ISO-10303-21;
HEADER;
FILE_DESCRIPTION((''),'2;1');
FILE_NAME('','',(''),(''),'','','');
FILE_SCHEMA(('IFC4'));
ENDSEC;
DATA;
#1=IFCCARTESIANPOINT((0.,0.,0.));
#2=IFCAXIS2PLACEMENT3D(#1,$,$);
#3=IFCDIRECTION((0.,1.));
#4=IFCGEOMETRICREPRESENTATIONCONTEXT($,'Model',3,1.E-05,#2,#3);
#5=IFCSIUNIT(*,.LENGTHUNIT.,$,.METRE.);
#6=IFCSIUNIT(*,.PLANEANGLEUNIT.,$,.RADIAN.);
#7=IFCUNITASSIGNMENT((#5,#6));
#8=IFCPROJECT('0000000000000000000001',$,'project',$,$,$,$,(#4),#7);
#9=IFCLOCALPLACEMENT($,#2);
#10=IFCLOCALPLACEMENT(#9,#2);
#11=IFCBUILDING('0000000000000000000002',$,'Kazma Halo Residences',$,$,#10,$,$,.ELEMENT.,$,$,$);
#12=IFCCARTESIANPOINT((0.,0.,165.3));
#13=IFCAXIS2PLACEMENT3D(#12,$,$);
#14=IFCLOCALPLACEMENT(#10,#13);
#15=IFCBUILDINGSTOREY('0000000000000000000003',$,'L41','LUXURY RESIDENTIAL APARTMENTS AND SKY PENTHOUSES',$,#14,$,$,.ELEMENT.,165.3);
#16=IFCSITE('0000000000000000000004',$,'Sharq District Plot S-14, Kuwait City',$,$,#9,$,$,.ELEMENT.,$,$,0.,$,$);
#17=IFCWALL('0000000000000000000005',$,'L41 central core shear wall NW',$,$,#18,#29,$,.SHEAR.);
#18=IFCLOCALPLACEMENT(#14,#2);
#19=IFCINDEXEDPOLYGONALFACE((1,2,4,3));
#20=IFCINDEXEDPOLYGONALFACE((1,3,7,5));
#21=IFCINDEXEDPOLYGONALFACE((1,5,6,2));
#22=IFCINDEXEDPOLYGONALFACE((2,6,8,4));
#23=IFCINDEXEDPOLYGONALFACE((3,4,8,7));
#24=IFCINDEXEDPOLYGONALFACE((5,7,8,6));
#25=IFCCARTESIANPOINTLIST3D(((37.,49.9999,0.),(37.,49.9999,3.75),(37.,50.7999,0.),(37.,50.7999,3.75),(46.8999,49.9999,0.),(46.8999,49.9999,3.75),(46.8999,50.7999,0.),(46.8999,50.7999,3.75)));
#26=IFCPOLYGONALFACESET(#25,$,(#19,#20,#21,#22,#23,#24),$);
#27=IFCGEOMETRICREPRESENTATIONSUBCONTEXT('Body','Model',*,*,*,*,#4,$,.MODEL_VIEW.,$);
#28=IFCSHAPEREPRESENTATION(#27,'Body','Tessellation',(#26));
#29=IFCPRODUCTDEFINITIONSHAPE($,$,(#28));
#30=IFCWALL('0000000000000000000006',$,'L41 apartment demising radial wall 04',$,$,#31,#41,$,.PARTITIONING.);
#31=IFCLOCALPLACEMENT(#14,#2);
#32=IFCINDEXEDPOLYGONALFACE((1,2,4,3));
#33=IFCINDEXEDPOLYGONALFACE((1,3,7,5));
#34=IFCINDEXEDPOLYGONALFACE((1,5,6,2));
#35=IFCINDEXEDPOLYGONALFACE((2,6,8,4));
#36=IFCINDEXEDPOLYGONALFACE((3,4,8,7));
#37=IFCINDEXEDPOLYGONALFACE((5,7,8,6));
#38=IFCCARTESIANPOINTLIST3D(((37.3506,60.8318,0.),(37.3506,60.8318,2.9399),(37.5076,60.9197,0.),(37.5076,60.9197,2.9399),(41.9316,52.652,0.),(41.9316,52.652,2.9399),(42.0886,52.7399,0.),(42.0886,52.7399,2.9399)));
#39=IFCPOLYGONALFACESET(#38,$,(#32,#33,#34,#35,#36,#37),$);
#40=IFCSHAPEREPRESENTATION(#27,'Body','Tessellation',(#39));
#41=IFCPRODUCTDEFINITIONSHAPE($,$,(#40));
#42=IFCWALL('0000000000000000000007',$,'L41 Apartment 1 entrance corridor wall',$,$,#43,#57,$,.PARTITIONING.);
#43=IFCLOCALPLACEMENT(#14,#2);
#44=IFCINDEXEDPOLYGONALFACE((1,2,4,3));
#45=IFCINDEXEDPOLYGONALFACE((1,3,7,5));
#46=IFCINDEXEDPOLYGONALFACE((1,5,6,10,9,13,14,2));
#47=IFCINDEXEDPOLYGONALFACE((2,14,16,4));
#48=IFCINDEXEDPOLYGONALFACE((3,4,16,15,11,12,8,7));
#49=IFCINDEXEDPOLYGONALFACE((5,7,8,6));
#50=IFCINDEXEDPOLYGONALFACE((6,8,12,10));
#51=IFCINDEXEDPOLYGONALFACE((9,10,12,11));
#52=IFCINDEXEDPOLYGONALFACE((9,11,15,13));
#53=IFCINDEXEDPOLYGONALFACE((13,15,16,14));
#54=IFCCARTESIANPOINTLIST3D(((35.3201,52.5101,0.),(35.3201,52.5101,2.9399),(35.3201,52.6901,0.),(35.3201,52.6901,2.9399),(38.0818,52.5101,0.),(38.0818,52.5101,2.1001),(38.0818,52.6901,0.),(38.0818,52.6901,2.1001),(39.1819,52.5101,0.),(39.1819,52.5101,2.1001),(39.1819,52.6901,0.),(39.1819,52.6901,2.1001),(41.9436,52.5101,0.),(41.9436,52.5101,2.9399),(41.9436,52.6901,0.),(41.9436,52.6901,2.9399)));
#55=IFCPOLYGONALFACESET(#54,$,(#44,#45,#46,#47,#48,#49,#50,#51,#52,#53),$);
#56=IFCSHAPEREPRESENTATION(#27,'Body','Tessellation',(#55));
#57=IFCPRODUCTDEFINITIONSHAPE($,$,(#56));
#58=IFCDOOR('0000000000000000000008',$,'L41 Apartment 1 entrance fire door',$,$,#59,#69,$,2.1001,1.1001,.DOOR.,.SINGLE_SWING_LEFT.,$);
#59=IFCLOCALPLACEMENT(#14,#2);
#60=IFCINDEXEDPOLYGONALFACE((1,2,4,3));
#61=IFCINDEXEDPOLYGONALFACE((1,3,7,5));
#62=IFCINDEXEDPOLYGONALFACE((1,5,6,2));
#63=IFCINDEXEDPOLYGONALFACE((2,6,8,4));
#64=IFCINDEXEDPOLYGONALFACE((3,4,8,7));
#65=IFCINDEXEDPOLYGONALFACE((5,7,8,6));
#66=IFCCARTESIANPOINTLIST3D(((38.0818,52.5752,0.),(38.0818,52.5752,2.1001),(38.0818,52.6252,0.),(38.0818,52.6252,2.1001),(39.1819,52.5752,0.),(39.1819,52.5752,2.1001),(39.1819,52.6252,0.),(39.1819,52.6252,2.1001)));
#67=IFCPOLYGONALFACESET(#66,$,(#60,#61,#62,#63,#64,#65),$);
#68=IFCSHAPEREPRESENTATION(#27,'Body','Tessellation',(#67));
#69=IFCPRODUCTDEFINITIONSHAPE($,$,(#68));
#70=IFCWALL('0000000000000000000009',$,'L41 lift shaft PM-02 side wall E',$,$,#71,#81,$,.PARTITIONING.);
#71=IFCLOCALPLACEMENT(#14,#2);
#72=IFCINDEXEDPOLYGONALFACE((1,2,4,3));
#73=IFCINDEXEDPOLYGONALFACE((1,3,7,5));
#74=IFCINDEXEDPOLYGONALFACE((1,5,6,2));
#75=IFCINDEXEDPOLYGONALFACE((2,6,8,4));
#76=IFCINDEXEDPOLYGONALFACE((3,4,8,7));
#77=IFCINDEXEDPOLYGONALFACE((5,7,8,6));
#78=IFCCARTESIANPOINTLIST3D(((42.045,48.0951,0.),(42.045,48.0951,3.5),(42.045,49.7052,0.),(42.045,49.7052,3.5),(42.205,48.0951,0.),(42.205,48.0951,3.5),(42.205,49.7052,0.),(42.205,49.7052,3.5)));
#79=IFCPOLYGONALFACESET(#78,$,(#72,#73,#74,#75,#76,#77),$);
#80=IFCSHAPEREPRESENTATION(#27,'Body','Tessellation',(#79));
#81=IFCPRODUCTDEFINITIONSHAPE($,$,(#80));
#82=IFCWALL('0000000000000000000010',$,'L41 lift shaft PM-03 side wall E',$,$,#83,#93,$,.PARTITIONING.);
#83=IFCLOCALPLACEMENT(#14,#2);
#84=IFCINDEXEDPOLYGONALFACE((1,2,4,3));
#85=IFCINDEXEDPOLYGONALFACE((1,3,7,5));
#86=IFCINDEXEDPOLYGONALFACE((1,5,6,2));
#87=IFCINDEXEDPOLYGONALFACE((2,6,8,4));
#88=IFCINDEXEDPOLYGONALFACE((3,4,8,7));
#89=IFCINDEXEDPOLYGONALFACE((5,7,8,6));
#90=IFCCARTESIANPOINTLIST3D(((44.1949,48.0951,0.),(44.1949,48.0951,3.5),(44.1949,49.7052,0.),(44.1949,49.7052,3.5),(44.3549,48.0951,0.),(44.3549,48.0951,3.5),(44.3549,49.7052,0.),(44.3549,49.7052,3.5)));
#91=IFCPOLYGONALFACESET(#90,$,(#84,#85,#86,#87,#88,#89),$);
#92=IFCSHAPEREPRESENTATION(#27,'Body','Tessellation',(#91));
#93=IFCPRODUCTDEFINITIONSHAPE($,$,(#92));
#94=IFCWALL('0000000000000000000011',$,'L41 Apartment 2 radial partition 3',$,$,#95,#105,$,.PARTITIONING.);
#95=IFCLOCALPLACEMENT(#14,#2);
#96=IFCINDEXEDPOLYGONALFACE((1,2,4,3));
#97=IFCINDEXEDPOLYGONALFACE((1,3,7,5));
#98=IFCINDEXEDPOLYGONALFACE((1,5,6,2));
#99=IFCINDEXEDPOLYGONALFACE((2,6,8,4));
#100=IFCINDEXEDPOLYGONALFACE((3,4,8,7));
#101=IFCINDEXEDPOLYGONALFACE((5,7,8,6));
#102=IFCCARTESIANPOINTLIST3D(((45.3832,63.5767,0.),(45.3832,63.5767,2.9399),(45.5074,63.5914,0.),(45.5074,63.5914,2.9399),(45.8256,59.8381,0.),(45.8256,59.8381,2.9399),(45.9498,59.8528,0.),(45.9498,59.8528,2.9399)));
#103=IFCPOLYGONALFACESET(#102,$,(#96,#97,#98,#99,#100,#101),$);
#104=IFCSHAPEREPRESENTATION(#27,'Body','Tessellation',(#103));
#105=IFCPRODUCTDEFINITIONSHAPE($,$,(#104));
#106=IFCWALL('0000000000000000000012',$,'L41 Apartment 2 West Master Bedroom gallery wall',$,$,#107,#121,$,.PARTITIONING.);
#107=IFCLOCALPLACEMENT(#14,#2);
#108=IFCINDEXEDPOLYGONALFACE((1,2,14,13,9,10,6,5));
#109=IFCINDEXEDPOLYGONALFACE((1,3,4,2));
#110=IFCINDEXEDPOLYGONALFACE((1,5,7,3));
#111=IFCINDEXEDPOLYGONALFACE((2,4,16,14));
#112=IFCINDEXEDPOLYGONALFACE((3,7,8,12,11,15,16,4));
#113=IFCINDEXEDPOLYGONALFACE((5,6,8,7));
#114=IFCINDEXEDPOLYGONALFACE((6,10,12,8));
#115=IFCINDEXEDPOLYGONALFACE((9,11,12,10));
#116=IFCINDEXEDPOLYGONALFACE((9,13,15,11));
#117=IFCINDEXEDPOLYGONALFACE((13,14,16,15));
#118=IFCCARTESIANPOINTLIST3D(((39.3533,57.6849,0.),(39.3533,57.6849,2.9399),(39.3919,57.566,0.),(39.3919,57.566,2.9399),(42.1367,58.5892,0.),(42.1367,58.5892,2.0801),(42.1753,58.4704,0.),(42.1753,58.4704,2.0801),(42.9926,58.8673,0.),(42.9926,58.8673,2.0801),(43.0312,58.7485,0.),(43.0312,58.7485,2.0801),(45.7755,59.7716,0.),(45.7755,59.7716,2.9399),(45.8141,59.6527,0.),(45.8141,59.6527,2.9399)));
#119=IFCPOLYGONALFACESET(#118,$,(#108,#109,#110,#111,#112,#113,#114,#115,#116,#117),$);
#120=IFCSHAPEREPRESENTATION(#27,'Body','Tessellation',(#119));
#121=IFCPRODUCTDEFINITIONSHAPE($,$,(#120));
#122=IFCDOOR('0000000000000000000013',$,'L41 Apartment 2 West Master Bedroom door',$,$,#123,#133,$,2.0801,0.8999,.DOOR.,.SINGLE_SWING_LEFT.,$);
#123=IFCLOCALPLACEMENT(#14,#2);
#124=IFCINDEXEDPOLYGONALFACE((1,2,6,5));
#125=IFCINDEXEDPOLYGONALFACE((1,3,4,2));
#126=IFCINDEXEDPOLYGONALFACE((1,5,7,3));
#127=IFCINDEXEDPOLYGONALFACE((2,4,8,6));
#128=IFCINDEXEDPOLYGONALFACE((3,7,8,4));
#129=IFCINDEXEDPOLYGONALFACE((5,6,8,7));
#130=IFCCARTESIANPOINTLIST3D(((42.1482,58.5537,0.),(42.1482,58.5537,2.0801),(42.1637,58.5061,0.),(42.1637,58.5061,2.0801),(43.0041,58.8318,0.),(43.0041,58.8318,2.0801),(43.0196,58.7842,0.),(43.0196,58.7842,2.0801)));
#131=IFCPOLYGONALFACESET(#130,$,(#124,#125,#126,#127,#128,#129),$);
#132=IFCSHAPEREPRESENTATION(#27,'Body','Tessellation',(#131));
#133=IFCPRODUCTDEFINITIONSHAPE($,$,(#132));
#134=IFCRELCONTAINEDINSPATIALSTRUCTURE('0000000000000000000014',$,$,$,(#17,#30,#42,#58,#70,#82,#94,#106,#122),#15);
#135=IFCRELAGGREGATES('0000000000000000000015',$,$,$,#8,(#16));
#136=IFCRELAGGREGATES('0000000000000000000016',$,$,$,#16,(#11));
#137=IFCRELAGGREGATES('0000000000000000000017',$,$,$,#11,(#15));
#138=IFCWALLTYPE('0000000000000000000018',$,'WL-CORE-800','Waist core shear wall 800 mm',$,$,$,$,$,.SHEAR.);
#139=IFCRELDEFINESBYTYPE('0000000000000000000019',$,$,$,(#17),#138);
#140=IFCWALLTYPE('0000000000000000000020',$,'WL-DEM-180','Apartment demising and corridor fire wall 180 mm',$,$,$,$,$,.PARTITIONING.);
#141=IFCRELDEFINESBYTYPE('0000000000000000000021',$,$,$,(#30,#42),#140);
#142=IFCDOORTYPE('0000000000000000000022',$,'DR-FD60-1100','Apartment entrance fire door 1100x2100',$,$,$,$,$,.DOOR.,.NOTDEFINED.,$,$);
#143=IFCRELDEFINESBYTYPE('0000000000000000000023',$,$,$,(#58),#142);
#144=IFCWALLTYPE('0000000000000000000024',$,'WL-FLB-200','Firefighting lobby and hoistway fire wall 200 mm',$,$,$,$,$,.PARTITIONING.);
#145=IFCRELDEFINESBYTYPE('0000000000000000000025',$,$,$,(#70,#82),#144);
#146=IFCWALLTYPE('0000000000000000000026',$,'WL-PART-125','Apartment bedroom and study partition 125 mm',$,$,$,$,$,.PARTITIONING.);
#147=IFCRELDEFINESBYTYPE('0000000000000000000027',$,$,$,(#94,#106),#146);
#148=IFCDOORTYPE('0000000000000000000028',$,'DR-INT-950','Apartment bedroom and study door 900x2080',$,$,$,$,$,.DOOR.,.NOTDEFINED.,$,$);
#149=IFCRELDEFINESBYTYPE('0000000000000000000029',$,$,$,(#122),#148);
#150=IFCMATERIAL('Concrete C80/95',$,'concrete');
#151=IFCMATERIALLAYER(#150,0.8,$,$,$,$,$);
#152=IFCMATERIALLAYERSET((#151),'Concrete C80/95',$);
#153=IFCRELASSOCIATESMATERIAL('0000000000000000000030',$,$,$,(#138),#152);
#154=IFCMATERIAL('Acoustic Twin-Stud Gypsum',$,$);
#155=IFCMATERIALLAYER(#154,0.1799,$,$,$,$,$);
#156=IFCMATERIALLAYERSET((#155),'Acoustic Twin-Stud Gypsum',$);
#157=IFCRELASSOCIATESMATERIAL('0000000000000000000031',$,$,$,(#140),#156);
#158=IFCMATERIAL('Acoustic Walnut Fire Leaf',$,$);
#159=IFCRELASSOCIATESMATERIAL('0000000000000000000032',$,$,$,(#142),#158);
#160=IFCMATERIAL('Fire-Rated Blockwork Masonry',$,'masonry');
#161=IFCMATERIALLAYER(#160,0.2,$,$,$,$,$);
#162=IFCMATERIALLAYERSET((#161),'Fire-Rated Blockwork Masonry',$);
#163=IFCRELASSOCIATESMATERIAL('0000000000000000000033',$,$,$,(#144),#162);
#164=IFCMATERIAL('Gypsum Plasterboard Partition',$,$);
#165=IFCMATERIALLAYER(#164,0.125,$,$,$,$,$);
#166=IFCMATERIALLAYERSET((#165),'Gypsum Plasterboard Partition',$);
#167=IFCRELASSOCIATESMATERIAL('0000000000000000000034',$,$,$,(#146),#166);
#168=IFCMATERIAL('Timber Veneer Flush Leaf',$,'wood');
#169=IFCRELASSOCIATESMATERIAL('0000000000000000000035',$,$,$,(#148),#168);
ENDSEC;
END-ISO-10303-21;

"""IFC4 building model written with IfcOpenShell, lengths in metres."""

from ifc_helpers import new_model, si_unit, direction, frame, frame_2d, origin, place, context, subcontext, project, spatial, rectangle, extrude, material, layer, layer_set, type_object, element, fill, save


model = new_model("IFC4")

# Units and contexts
model_context = context("Model", 3, precision=1e-05, world=origin(), true_north=direction((0.0, 1.0)))
body_context = subcontext(model_context, "Body", "Model", "MODEL_VIEW")
ifc_project = project(units=[si_unit("LENGTHUNIT", "METRE"), si_unit("PLANEANGLEUNIT", "RADIAN")], contexts=[model_context])

# Site, building, storey
site_placement = place(None, origin())
site = spatial("IfcSite", under=ifc_project, at=site_placement, Name="Sharq District Plot S-14, Kuwait City", CompositionType="ELEMENT", RefElevation=0.0)
building_placement = place(site_placement, origin())
building = spatial("IfcBuilding", under=site, at=building_placement, Name="Kazma Halo Residences", CompositionType="ELEMENT")
storey_placement = place(building_placement, frame((0.0, 0.0, 165.3)))
storey = spatial("IfcBuildingStorey", under=building, at=storey_placement, Name="L41", Description="LUXURY RESIDENTIAL APARTMENTS AND SKY PENTHOUSES", CompositionType="ELEMENT", Elevation=165.3)

# Shared definitions
ifc_material_1 = material(Name="Concrete C80/95", Category="concrete")

# Walls
ifc_layer_1 = layer(ifc_material_1, 0.8)
ifc_layer_set_1 = layer_set([ifc_layer_1], Name="Concrete C80/95")
wall_type_1 = type_object("IfcWallType", Name="WL-CORE-800", Description="Waist core shear wall 800 mm", PredefinedType="SHEAR", material=ifc_layer_set_1)
wall_1_placement = place(storey_placement, frame((37.0, 50.3999, 0.0), z_axis=(0.0, 0.0, 1.0), x_axis=(1.0, 0.0, 0.0)))
element("IfcWall", 1, at=wall_1_placement, inside=storey, type_object=wall_type_1, Name="L41 central core shear wall NW", PredefinedType="SHEAR", context=body_context, shape_type="SweptSolid", body=[
    extrude(rectangle(XDim=9.8999, YDim=0.8, at=frame_2d((4.95, 0.0))), origin(), (0.0, 0.0, 1.0), 3.75),
])
ifc_material_2 = material(Name="Acoustic Twin-Stud Gypsum")
ifc_layer_2 = layer(ifc_material_2, 0.1799)
ifc_layer_set_2 = layer_set([ifc_layer_2], Name="Acoustic Twin-Stud Gypsum")
wall_type_2 = type_object("IfcWallType", Name="WL-DEM-180", Description="Apartment demising and corridor fire wall 180 mm", PredefinedType="PARTITIONING", material=ifc_layer_set_2)
wall_2_placement = place(storey_placement, frame((42.01, 52.696, 0.0), z_axis=(0.0, 0.0, 1.0), x_axis=(-0.488627, 0.872493, 0.0)))
element("IfcWall", 2, at=wall_2_placement, inside=storey, type_object=wall_type_2, Name="L41 apartment demising radial wall 04", PredefinedType="PARTITIONING", context=body_context, shape_type="SweptSolid", body=[
    extrude(rectangle(XDim=9.3752, YDim=0.1799, at=frame_2d((4.6875, 0.0))), origin(), (0.0, 0.0, 1.0), 2.9399),
])

# Wall, opening, door
wall_3_placement = place(storey_placement, frame((41.9436, 52.6001, 0.0), z_axis=(0.0, 0.0, 1.0), x_axis=(-1.0, 0.0, 0.0)))
wall_3 = element("IfcWall", 3, at=wall_3_placement, inside=storey, type_object=wall_type_2, Name="L41 Apartment 1 entrance corridor wall", PredefinedType="PARTITIONING", context=body_context, shape_type="SweptSolid", body=[
    extrude(rectangle(XDim=6.6235, YDim=0.1799, at=frame_2d((3.3118, 0.0))), origin(), (0.0, 0.0, 1.0), 2.9399),
])
opening_1_placement = place(wall_3_placement, frame((2.7617, 0.0, 0.0)))
opening_1 = element("IfcOpeningElement", 4, at=opening_1_placement, cuts=wall_3, PredefinedType="OPENING", context=body_context, shape_type="SweptSolid", body=[
    extrude(rectangle(XDim=1.1001, YDim=2.1001, at=frame_2d((0.55, 1.05))), frame((0.0, 0.0999, 0.0), z_axis=(0.0, -1.0, 0.0), x_axis=(1.0, 0.0, 0.0)), (0.0, 0.0, 1.0), 0.2),
])
ifc_material_3 = material(Name="Acoustic Walnut Fire Leaf")
door_type_1 = type_object("IfcDoorType", Name="DR-FD60-1100", Description="Apartment entrance fire door 1100x2100", OperationType="NOTDEFINED", PredefinedType="DOOR", material=ifc_material_3)
door_1_placement = place(opening_1_placement, origin())
door_1 = element("IfcDoor", 5, at=door_1_placement, inside=storey, type_object=door_type_1, Name="L41 Apartment 1 entrance fire door", OperationType="SINGLE_SWING_LEFT", OverallHeight=2.1001, OverallWidth=1.1001, PredefinedType="DOOR", context=body_context, shape_type="SweptSolid", body=[
    extrude(rectangle(XDim=1.1001, YDim=2.1001, at=frame_2d((0.55, 1.05))), frame((0.0, 0.0249, 0.0), z_axis=(0.0, -1.0, 0.0), x_axis=(1.0, 0.0, 0.0)), (0.0, 0.0, 1.0), 0.05),
])
fill(opening_1, door_1)

# Walls
ifc_material_4 = material(Name="Fire-Rated Blockwork Masonry", Category="masonry")
ifc_layer_3 = layer(ifc_material_4, 0.2)
ifc_layer_set_3 = layer_set([ifc_layer_3], Name="Fire-Rated Blockwork Masonry")
wall_type_3 = type_object("IfcWallType", Name="WL-FLB-200", Description="Firefighting lobby and hoistway fire wall 200 mm", PredefinedType="PARTITIONING", material=ifc_layer_set_3)
for number, where, z_axis, x_axis, name in (
    (6, (42.125, 48.095, 0.0), (0.0, 0.0, 1.0), (0.0, 1.0, 0.0), "L41 lift shaft PM-02 side wall E"),
    (7, (44.2749, 48.095, 0.0), (0.0, 0.0, 1.0), (0.0, 1.0, 0.0), "L41 lift shaft PM-03 side wall E"),
):
    element("IfcWall", number, at=place(storey_placement, frame(where, z_axis=z_axis, x_axis=x_axis)), inside=storey, type_object=wall_type_3, Name=name, PredefinedType="PARTITIONING", context=body_context, shape_type="SweptSolid", body=[
        extrude(rectangle(XDim=1.6101, YDim=0.1599, at=frame_2d((0.8052, 0.0))), origin(), (0.0, 0.0, 1.0), 3.5),
    ])
ifc_material_5 = material(Name="Gypsum Plasterboard Partition")
ifc_layer_4 = layer(ifc_material_5, 0.125)
ifc_layer_set_4 = layer_set([ifc_layer_4], Name="Gypsum Plasterboard Partition")
wall_type_4 = type_object("IfcWallType", Name="WL-PART-125", Description="Apartment bedroom and study partition 125 mm", PredefinedType="PARTITIONING", material=ifc_layer_set_4)
wall_4_placement = place(storey_placement, frame((45.8877, 59.8455, 0.0), z_axis=(0.0, 0.0, 1.0), x_axis=(-0.117511, 0.993072, 0.0)))
element("IfcWall", 8, at=wall_4_placement, inside=storey, type_object=wall_type_4, Name="L41 Apartment 2 radial partition 3", PredefinedType="PARTITIONING", context=body_context, shape_type="SweptSolid", body=[
    extrude(rectangle(XDim=3.7646, YDim=0.125, at=frame_2d((1.8823, 0.0))), origin(), (0.0, 0.0, 1.0), 2.9399),
])

# Wall, opening, door
wall_5_placement = place(storey_placement, frame((45.7949, 59.7122, 0.0), z_axis=(0.0, 0.0, 1.0), x_axis=(-0.951057, -0.309017, 0.0)))
wall_5 = element("IfcWall", 9, at=wall_5_placement, inside=storey, type_object=wall_type_4, Name="L41 Apartment 2 West Master Bedroom gallery wall", PredefinedType="PARTITIONING", context=body_context, shape_type="SweptSolid", body=[
    extrude(rectangle(XDim=6.7527, YDim=0.125, at=frame_2d((3.3765, 0.0))), origin(), (0.0, 0.0, 1.0), 2.9399),
])
opening_2_placement = place(wall_5_placement, frame((2.9263, 0.0, 0.0)))
opening_2 = element("IfcOpeningElement", 10, at=opening_2_placement, cuts=wall_5, PredefinedType="OPENING", context=body_context, shape_type="SweptSolid", body=[
    extrude(rectangle(XDim=0.8999, YDim=2.0801, at=frame_2d((0.45, 1.04))), frame((0.0, 0.0725, 0.0), z_axis=(0.0, -1.0, 0.0), x_axis=(1.0, 0.0, 0.0)), (0.0, 0.0, 1.0), 0.145),
])
ifc_material_6 = material(Name="Timber Veneer Flush Leaf", Category="wood")
door_type_2 = type_object("IfcDoorType", Name="DR-INT-950", Description="Apartment bedroom and study door 900x2080", OperationType="NOTDEFINED", PredefinedType="DOOR", material=ifc_material_6)
door_2_placement = place(opening_2_placement, origin())
door_2 = element("IfcDoor", 11, at=door_2_placement, inside=storey, type_object=door_type_2, Name="L41 Apartment 2 West Master Bedroom door", OperationType="SINGLE_SWING_LEFT", OverallHeight=2.0801, OverallWidth=0.8999, PredefinedType="DOOR", context=body_context, shape_type="SweptSolid", body=[
    extrude(rectangle(XDim=0.8999, YDim=2.0801, at=frame_2d((0.45, 1.04))), frame((0.0, 0.0249, 0.0), z_axis=(0.0, -1.0, 0.0), x_axis=(1.0, 0.0, 0.0)), (0.0, 0.0, 1.0), 0.05),
])
fill(opening_2, door_2)

save(model, "model.ifc")
